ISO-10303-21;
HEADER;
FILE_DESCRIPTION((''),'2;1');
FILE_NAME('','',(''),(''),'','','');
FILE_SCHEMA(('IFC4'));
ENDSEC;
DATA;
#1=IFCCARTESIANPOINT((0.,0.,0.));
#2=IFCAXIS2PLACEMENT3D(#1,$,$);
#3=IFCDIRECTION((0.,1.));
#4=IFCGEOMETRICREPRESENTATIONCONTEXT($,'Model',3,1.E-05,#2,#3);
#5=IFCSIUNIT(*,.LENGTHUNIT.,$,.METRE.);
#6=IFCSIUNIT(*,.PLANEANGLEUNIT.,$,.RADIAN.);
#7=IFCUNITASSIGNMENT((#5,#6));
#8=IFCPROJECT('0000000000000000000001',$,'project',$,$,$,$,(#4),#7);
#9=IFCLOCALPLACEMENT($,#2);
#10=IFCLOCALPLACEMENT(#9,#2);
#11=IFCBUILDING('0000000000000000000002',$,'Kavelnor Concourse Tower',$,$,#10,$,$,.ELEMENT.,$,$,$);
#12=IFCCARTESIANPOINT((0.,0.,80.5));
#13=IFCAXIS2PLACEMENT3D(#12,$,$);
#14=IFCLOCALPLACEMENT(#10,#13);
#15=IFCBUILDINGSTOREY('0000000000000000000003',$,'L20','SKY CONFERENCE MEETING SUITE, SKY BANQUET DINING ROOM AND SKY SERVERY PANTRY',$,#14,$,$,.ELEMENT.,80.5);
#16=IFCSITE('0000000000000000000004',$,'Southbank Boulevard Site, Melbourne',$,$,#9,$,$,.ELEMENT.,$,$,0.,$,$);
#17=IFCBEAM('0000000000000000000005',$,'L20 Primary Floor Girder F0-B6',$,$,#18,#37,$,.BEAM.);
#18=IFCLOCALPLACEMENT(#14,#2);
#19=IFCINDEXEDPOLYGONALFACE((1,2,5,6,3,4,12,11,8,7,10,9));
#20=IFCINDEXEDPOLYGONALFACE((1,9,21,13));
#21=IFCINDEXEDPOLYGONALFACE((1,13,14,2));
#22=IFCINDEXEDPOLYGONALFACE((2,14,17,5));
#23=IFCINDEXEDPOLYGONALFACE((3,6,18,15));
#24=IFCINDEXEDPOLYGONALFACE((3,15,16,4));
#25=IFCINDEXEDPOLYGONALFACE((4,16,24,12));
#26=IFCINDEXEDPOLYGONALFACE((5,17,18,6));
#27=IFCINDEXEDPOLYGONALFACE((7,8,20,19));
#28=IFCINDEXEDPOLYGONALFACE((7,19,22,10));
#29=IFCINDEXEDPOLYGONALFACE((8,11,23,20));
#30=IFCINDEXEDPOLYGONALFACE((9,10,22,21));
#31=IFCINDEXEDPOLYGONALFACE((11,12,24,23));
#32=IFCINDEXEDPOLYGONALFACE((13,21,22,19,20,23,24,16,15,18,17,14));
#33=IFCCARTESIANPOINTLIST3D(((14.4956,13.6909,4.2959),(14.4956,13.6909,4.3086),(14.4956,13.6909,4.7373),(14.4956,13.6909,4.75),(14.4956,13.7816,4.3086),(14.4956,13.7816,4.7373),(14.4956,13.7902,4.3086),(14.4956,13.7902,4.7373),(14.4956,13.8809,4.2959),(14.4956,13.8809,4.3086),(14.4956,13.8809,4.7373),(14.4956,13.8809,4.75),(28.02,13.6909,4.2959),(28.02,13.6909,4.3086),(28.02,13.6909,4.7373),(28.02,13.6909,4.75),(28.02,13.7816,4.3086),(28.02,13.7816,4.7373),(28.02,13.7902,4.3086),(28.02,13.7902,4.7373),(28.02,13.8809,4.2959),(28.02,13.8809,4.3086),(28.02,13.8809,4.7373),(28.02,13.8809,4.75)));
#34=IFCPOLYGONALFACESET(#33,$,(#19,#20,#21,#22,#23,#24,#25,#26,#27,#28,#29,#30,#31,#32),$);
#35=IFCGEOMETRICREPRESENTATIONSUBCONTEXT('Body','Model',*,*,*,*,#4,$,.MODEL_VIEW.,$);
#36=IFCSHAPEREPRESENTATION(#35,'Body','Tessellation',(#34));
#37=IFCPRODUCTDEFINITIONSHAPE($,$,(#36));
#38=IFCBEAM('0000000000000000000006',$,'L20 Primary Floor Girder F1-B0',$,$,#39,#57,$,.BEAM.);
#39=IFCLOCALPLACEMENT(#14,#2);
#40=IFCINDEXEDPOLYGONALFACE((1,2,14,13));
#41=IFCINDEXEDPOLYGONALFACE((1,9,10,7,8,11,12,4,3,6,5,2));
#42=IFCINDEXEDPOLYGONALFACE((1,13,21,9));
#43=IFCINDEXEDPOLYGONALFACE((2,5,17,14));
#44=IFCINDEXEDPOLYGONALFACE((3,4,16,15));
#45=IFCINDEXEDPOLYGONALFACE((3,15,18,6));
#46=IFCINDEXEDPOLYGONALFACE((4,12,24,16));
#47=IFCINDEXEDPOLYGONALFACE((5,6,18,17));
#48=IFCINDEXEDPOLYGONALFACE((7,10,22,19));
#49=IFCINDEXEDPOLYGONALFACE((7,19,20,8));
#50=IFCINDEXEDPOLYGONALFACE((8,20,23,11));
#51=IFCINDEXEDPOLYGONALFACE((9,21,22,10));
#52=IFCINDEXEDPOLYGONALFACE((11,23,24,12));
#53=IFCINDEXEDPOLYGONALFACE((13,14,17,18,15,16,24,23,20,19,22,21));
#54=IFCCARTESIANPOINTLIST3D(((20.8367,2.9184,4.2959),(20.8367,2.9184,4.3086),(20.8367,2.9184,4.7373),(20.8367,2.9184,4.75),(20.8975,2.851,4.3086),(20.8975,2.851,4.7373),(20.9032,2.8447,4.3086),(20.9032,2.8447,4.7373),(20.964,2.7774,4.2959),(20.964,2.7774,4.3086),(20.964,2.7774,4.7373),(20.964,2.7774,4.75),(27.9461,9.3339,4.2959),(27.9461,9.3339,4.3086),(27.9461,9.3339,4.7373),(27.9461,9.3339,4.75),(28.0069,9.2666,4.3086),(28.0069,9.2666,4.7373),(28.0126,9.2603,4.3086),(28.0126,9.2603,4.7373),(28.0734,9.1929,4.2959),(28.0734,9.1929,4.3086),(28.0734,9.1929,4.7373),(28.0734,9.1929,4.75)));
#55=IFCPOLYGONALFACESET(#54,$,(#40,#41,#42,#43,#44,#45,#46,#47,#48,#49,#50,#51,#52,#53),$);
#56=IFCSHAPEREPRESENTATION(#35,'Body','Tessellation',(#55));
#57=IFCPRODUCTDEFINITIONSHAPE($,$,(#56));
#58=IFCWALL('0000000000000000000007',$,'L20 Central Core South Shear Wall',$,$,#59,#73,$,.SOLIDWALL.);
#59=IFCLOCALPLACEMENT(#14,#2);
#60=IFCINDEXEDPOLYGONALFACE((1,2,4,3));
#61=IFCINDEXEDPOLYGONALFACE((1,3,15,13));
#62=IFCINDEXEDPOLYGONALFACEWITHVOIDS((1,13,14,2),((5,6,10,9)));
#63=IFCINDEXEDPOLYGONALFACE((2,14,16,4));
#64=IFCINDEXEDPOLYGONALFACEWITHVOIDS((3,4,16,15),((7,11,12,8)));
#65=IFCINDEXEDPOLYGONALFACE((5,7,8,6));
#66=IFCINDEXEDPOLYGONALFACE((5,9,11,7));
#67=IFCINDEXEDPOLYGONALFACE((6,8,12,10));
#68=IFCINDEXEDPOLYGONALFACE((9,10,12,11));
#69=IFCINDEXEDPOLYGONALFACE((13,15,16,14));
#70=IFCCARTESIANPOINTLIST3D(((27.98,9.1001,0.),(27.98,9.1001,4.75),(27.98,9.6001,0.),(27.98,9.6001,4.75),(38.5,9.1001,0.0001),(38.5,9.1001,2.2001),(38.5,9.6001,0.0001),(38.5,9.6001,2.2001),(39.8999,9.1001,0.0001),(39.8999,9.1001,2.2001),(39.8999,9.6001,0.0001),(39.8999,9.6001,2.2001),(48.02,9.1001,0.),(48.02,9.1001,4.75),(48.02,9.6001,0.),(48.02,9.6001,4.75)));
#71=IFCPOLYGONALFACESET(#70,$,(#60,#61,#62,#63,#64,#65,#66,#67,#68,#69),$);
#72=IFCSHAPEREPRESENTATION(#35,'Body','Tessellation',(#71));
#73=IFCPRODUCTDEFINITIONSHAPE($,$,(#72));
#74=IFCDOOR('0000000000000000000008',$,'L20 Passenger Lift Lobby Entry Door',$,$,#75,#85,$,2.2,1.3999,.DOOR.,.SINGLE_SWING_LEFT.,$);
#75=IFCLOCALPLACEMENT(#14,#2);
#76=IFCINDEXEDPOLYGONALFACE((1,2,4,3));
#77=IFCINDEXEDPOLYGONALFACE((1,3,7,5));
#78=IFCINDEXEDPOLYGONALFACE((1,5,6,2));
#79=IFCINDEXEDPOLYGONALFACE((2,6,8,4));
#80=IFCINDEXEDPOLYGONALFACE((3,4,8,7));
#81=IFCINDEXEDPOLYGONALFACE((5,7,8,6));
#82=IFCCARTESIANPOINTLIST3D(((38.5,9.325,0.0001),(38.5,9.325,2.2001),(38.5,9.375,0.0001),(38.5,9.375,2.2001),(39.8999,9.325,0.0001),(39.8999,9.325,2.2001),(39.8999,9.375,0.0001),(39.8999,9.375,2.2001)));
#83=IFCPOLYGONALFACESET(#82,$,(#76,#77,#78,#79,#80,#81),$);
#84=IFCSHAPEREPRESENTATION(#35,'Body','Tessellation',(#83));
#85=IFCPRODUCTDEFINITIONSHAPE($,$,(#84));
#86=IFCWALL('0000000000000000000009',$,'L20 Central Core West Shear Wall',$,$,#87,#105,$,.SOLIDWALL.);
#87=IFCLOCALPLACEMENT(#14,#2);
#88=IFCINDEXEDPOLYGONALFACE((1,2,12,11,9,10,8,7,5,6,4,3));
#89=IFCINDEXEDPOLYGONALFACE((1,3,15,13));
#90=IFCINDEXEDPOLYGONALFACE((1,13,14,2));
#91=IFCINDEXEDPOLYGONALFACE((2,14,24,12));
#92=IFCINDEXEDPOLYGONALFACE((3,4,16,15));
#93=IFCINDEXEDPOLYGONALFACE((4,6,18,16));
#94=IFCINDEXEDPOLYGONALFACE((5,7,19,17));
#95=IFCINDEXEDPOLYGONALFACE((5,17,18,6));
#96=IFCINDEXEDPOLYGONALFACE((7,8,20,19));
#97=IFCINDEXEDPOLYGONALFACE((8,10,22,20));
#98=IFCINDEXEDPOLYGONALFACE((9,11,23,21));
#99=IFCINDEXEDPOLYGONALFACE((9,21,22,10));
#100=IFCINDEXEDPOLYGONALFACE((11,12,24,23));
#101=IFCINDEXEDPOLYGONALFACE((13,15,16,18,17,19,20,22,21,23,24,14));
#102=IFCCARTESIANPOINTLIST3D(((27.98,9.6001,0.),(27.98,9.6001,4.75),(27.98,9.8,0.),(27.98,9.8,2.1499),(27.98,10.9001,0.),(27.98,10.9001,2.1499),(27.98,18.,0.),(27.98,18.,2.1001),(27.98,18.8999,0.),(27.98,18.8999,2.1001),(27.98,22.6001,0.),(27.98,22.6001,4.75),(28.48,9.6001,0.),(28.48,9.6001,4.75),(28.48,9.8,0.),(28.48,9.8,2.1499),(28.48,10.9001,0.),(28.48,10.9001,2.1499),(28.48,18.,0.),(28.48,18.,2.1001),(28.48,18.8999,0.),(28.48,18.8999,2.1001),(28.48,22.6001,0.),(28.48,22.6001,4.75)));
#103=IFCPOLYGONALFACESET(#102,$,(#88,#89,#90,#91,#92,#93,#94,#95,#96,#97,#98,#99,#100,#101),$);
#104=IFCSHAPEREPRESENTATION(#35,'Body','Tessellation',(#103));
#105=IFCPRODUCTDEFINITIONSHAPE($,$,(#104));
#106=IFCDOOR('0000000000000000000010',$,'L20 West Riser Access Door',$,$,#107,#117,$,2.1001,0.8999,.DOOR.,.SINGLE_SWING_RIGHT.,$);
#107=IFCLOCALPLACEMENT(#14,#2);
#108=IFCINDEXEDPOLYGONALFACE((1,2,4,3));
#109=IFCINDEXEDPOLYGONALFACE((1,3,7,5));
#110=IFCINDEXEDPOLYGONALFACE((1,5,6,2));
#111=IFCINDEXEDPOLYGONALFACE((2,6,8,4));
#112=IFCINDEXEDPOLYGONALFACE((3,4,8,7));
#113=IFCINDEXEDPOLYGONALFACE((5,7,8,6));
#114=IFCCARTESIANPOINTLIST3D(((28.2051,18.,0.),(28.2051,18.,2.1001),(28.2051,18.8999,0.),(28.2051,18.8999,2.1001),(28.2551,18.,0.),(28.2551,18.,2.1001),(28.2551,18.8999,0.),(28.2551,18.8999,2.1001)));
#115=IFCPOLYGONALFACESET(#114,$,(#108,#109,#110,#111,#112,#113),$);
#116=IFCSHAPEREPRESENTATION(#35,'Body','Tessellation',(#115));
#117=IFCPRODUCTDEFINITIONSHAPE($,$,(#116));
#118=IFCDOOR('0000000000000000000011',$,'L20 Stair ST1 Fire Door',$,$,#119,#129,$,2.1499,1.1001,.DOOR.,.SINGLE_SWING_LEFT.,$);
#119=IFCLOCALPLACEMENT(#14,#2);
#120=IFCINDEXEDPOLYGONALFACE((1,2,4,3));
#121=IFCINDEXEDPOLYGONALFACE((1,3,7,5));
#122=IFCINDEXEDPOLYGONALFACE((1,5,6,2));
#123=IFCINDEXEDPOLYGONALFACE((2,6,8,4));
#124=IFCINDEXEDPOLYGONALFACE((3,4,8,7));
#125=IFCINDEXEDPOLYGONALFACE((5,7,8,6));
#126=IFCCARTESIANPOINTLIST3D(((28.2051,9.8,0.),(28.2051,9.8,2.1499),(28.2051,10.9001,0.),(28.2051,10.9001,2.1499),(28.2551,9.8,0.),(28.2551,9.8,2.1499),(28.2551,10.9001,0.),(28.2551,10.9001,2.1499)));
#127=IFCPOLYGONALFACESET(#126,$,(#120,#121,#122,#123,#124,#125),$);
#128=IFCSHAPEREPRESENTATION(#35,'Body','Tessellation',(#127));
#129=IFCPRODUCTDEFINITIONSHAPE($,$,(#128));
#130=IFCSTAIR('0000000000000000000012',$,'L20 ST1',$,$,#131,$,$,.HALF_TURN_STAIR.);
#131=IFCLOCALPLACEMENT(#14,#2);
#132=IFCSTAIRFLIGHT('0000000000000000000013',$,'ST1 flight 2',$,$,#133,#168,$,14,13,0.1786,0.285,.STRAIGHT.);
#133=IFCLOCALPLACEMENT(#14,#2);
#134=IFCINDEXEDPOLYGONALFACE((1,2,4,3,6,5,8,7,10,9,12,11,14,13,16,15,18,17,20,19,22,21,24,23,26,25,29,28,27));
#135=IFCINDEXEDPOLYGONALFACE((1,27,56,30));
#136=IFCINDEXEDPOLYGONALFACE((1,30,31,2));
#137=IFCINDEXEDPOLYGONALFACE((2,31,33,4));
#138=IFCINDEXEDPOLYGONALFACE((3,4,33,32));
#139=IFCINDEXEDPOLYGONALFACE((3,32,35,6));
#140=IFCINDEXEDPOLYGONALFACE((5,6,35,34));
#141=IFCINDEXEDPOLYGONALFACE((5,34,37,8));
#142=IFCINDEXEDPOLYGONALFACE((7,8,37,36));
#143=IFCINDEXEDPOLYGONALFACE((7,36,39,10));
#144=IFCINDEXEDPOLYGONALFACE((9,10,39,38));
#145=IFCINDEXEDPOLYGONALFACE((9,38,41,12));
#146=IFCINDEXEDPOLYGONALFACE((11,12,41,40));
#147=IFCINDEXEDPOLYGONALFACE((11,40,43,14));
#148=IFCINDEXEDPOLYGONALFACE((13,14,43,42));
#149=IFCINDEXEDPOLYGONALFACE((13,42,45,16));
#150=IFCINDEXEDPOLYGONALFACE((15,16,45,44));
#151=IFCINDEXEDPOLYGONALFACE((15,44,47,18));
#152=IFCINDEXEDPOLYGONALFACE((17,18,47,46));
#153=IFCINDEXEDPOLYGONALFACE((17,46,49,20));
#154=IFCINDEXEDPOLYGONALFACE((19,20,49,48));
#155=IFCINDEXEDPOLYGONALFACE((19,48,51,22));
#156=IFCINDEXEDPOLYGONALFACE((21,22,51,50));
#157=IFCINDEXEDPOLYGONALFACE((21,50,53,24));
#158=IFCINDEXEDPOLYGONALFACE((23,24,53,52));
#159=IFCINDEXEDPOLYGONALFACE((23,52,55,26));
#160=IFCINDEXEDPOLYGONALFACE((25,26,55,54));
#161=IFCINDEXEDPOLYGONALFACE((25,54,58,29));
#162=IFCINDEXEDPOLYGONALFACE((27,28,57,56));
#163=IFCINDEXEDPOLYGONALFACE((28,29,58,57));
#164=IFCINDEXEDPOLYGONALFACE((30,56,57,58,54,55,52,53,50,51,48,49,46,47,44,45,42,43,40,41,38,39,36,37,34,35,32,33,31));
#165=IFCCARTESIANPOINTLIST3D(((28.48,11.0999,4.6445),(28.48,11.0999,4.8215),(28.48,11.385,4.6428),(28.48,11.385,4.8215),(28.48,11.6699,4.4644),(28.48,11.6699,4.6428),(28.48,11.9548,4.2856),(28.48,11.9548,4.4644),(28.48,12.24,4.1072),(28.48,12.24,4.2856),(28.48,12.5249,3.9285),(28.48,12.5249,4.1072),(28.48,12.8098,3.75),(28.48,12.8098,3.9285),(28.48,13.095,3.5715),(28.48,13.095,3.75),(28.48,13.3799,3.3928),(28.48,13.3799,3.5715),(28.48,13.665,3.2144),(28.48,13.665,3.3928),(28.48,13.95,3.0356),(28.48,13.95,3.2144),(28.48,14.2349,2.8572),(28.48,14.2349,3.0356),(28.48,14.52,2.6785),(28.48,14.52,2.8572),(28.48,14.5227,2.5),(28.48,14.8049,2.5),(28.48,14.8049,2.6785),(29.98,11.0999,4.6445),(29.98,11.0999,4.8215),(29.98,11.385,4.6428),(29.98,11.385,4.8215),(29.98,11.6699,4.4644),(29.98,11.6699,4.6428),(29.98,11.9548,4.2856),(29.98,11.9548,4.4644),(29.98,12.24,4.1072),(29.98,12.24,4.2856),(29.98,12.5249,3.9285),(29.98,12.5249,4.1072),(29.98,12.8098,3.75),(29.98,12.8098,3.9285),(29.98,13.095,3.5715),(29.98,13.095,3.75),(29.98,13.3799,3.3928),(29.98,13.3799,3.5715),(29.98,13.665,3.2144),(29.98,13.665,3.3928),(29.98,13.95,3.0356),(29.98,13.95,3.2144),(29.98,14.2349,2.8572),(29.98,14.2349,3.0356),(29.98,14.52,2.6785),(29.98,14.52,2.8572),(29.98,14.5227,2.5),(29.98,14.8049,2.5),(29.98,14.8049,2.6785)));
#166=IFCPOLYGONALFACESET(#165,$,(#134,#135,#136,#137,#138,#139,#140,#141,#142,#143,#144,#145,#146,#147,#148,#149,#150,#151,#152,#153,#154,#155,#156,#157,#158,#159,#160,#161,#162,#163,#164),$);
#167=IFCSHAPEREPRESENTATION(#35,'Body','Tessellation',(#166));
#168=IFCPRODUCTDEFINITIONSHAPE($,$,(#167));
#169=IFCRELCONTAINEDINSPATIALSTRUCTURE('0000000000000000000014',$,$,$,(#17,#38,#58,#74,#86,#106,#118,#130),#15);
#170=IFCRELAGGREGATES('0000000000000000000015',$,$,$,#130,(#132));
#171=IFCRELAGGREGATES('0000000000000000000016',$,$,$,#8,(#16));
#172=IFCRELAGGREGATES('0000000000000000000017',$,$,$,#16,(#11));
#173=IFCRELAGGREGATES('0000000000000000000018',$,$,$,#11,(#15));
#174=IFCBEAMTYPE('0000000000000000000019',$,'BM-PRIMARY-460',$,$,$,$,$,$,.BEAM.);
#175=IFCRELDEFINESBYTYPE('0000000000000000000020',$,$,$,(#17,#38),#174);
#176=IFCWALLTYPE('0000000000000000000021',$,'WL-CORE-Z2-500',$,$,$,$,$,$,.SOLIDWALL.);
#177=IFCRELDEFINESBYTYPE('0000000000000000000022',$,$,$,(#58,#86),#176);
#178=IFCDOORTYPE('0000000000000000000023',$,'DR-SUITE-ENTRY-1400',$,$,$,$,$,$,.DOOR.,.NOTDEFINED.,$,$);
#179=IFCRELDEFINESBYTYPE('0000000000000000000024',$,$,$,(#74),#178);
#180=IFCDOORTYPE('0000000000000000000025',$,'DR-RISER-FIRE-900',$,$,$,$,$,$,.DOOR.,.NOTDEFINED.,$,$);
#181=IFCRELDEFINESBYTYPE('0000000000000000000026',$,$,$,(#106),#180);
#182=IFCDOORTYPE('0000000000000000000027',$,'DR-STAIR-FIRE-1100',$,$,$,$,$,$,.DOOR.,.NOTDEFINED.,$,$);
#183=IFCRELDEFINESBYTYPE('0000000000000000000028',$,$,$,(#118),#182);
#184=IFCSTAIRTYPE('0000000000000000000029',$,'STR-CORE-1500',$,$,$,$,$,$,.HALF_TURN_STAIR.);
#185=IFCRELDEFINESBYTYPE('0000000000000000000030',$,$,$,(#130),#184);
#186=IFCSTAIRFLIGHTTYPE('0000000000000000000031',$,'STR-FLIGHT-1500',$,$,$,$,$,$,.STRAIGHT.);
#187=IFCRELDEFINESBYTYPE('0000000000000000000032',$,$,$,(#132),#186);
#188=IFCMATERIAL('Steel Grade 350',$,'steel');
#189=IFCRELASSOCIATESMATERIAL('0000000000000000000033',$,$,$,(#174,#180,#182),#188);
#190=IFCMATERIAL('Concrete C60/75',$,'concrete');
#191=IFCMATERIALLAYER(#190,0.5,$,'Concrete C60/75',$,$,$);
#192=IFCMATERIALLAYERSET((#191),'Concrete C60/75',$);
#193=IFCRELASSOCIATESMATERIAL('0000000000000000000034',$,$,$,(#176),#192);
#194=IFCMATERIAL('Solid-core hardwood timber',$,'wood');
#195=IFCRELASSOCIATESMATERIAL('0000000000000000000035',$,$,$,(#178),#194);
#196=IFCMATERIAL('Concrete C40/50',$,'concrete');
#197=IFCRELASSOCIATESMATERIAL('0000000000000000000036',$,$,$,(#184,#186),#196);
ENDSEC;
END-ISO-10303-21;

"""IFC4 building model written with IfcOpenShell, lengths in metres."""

from ifc_helpers import new_model, si_unit, direction, frame, frame_2d, origin, origin_2d, place, context, subcontext, project, spatial, polyline, rectangle, i_section, outline, extrude, material, layer, layer_set, material_profile, profile_set, type_object, element, fill, aggregate, save


model = new_model("IFC4")

# Units and contexts
model_context = context("Model", 3, precision=1e-05, world=origin(), true_north=direction((0.0, 1.0)))
body_context = subcontext(model_context, "Body", "Model", "MODEL_VIEW")
ifc_project = project(units=[si_unit("LENGTHUNIT", "METRE"), si_unit("PLANEANGLEUNIT", "RADIAN")], contexts=[model_context])

# Site, building, storey
site_placement = place(None, origin())
site = spatial("IfcSite", under=ifc_project, at=site_placement, Name="Southbank Boulevard Site, Melbourne", CompositionType="ELEMENT", RefElevation=0.0)
building_placement = place(site_placement, origin())
building = spatial("IfcBuilding", under=site, at=building_placement, Name="Kavelnor Concourse Tower", CompositionType="ELEMENT")
storey_placement = place(building_placement, frame((0.0, 0.0, 80.5)))
storey = spatial("IfcBuildingStorey", under=building, at=storey_placement, Name="L20", Description="SKY CONFERENCE MEETING SUITE, SKY BANQUET DINING ROOM AND SKY SERVERY PANTRY", CompositionType="ELEMENT", Elevation=80.5)

# Beams
ifc_material_1 = material(Name="Steel Grade 350", Category="steel")
ifc_material_profile = material_profile(ifc_material_1, i_section(OverallWidth=0.1899, OverallDepth=0.4541, WebThickness=0.0085, FlangeThickness=0.0127, at=origin_2d()), Name="460UB67")
ifc_profile_set = profile_set([ifc_material_profile], Name="Steel Grade 350")
beam_type = type_object("IfcBeamType", Name="BM-PRIMARY-460", PredefinedType="BEAM", material=ifc_profile_set)
beam_1_placement = place(storey_placement, frame((28.02, 13.7859, 4.5229), z_axis=(-1.0, 0.0, 0.0), x_axis=(0.0, -1.0, 0.0)))
element("IfcBeam", 1, at=beam_1_placement, inside=storey, type_object=beam_type, Name="L20 Primary Floor Girder F0-B6", PredefinedType="BEAM", context=body_context, shape_type="SweptSolid", body=[
    extrude(i_section(OverallWidth=0.1899, OverallDepth=0.4541, WebThickness=0.0085, FlangeThickness=0.0127, at=origin_2d()), origin(), (0.0, 0.0, 1.0), 13.5244),
])
beam_2_placement = place(storey_placement, frame((28.0098, 9.2634, 4.5229), z_axis=(-0.742406, -0.66995, 0.0), x_axis=(0.66995, -0.742406, 0.0)))
element("IfcBeam", 2, at=beam_2_placement, inside=storey, type_object=beam_type, Name="L20 Primary Floor Girder F1-B0", PredefinedType="BEAM", context=body_context, shape_type="SweptSolid", body=[
    extrude(i_section(OverallWidth=0.1899, OverallDepth=0.4541, WebThickness=0.0085, FlangeThickness=0.0127, at=origin_2d()), origin(), (0.0, 0.0, 1.0), 9.5762),
])

# Wall, opening, door
ifc_material_2 = material(Name="Concrete C60/75", Category="concrete")
ifc_layer = layer(ifc_material_2, 0.5, Name="Concrete C60/75")
ifc_layer_set = layer_set([ifc_layer], Name="Concrete C60/75")
wall_type = type_object("IfcWallType", Name="WL-CORE-Z2-500", PredefinedType="SOLIDWALL", material=ifc_layer_set)
wall_1_placement = place(storey_placement, frame((27.98, 9.3501, 0.0), z_axis=(0.0, 0.0, 1.0), x_axis=(1.0, 0.0, 0.0)))
wall_1 = element("IfcWall", 3, at=wall_1_placement, inside=storey, type_object=wall_type, Name="L20 Central Core South Shear Wall", PredefinedType="SOLIDWALL", context=body_context, shape_type="SweptSolid", body=[
    extrude(rectangle(XDim=20.04, YDim=0.5, at=frame_2d((10.02, 0.0))), origin(), (0.0, 0.0, 1.0), 4.75),
])
opening_1_placement = place(wall_1_placement, frame((10.52, 0.0, 0.0)))
opening_1 = element("IfcOpeningElement", 4, at=opening_1_placement, cuts=wall_1, PredefinedType="OPENING", context=body_context, shape_type="SweptSolid", body=[
    extrude(rectangle(XDim=1.3999, YDim=2.2, at=frame_2d((0.7, 1.1001))), frame((0.0, 0.26, 0.0), z_axis=(0.0, -1.0, 0.0), x_axis=(1.0, 0.0, 0.0)), (0.0, 0.0, 1.0), 0.52),
])
ifc_material_3 = material(Name="Solid-core hardwood timber", Category="wood")
door_type_1 = type_object("IfcDoorType", Name="DR-SUITE-ENTRY-1400", OperationType="NOTDEFINED", PredefinedType="DOOR", material=ifc_material_3)
door_1_placement = place(opening_1_placement, origin())
door_1 = element("IfcDoor", 5, at=door_1_placement, inside=storey, type_object=door_type_1, Name="L20 Passenger Lift Lobby Entry Door", OperationType="SINGLE_SWING_LEFT", OverallHeight=2.2, OverallWidth=1.3999, PredefinedType="DOOR", context=body_context, shape_type="SweptSolid", body=[
    extrude(rectangle(XDim=1.3999, YDim=2.2, at=frame_2d((0.7, 1.1001))), frame((0.0, 0.0249, 0.0), z_axis=(0.0, -1.0, 0.0), x_axis=(1.0, 0.0, 0.0)), (0.0, 0.0, 1.0), 0.05),
])
fill(opening_1, door_1)

# Wall, openings, doors
wall_2_placement = place(storey_placement, frame((28.23, 9.6001, 0.0), z_axis=(0.0, 0.0, 1.0), x_axis=(0.0, 1.0, 0.0)))
wall_2 = element("IfcWall", 6, at=wall_2_placement, inside=storey, type_object=wall_type, Name="L20 Central Core West Shear Wall", PredefinedType="SOLIDWALL", context=body_context, shape_type="SweptSolid", body=[
    extrude(rectangle(XDim=13.0, YDim=0.5, at=frame_2d((6.5, 0.0))), origin(), (0.0, 0.0, 1.0), 4.75),
])
opening_2_placement = place(wall_2_placement, frame((0.2, 0.0, 0.0)))
opening_2 = element("IfcOpeningElement", 7, at=opening_2_placement, cuts=wall_2, PredefinedType="OPENING", context=body_context, shape_type="SweptSolid", body=[
    extrude(rectangle(XDim=1.1001, YDim=2.1499, at=frame_2d((0.55, 1.075))), frame((0.0, 0.26, 0.0), z_axis=(0.0, -1.0, 0.0), x_axis=(1.0, 0.0, 0.0)), (0.0, 0.0, 1.0), 0.52),
])
opening_3_placement = place(wall_2_placement, frame((8.3999, 0.0, 0.0)))
opening_3 = element("IfcOpeningElement", 8, at=opening_3_placement, cuts=wall_2, PredefinedType="OPENING", context=body_context, shape_type="SweptSolid", body=[
    extrude(rectangle(XDim=0.8999, YDim=2.1001, at=frame_2d((0.45, 1.05))), frame((0.0, 0.26, 0.0), z_axis=(0.0, -1.0, 0.0), x_axis=(1.0, 0.0, 0.0)), (0.0, 0.0, 1.0), 0.52),
])
door_type_2 = type_object("IfcDoorType", Name="DR-RISER-FIRE-900", OperationType="NOTDEFINED", PredefinedType="DOOR", material=ifc_material_1)
door_2_placement = place(opening_3_placement, origin())
door_2 = element("IfcDoor", 9, at=door_2_placement, inside=storey, type_object=door_type_2, Name="L20 West Riser Access Door", OperationType="SINGLE_SWING_RIGHT", OverallHeight=2.1001, OverallWidth=0.8999, PredefinedType="DOOR", context=body_context, shape_type="SweptSolid", body=[
    extrude(rectangle(XDim=0.8999, YDim=2.1001, at=frame_2d((0.45, 1.05))), frame((0.0, 0.0249, 0.0), z_axis=(0.0, -1.0, 0.0), x_axis=(1.0, 0.0, 0.0)), (0.0, 0.0, 1.0), 0.05),
])
fill(opening_3, door_2)
door_type_3 = type_object("IfcDoorType", Name="DR-STAIR-FIRE-1100", OperationType="NOTDEFINED", PredefinedType="DOOR", material=ifc_material_1)
door_3_placement = place(opening_2_placement, origin())
door_3 = element("IfcDoor", 10, at=door_3_placement, inside=storey, type_object=door_type_3, Name="L20 Stair ST1 Fire Door", OperationType="SINGLE_SWING_LEFT", OverallHeight=2.1499, OverallWidth=1.1001, PredefinedType="DOOR", context=body_context, shape_type="SweptSolid", body=[
    extrude(rectangle(XDim=1.1001, YDim=2.1499, at=frame_2d((0.55, 1.075))), frame((0.0, 0.0249, 0.0), z_axis=(0.0, -1.0, 0.0), x_axis=(1.0, 0.0, 0.0)), (0.0, 0.0, 1.0), 0.05),
])
fill(opening_2, door_3)

# Stair, stair flight
ifc_material_4 = material(Name="Concrete C40/50", Category="concrete")
stair_type = type_object("IfcStairType", Name="STR-CORE-1500", PredefinedType="HALF_TURN_STAIR", material=ifc_material_4)
stair_placement = place(storey_placement, origin())
stair = element("IfcStair", 11, at=stair_placement, inside=storey, type_object=stair_type, Name="L20 ST1", PredefinedType="HALF_TURN_STAIR")
stair_flight_type = type_object("IfcStairFlightType", Name="STR-FLIGHT-1500", PredefinedType="STRAIGHT", material=ifc_material_4)
stair_flight_placement = place(storey_placement, frame((29.23, 14.8049, 2.5), z_axis=(0.0, 0.0, 1.0), x_axis=(0.0, -1.0, 0.0)))
stair_flight = element("IfcStairFlight", 12, at=stair_flight_placement, type_object=stair_flight_type, Name="ST1 flight 2", NumberOfRisers=14, NumberOfTreads=13, PredefinedType="STRAIGHT", RiserHeight=0.1786, TreadLength=0.285, context=body_context, shape_type="SweptSolid", body=[
    extrude(outline(polyline([(0.0, 0.0), (0.0, 0.1785), (0.2849, 0.1785), (0.2849, 0.3572), (0.5701, 0.3572), (0.5701, 0.5356), (0.855, 0.5356), (0.855, 0.7144), (1.1399, 0.7144), (1.1399, 0.8928), (1.425, 0.8928), (1.425, 1.0715), (1.71, 1.0715), (1.71, 1.25), (1.9951, 1.25), (1.9951, 1.4285), (2.28, 1.4285), (2.28, 1.6072), (2.5649, 1.6072), (2.5649, 1.7856), (2.8501, 1.7856), (2.8501, 1.9644), (3.135, 1.9644), (3.135, 2.1428), (3.4199, 2.1428), (3.4199, 2.3215), (3.7051, 2.3215), (3.7051, 2.5), (3.7051, 2.1445), (0.2822, 0.0), (0.0, 0.0)])), frame((0.0, 0.75, 0.0), z_axis=(0.0, -1.0, 0.0), x_axis=(1.0, 0.0, 0.0)), (0.0, 0.0, 1.0), 1.5),
])
aggregate(stair, [stair_flight])

save(model, "model.ifc")
